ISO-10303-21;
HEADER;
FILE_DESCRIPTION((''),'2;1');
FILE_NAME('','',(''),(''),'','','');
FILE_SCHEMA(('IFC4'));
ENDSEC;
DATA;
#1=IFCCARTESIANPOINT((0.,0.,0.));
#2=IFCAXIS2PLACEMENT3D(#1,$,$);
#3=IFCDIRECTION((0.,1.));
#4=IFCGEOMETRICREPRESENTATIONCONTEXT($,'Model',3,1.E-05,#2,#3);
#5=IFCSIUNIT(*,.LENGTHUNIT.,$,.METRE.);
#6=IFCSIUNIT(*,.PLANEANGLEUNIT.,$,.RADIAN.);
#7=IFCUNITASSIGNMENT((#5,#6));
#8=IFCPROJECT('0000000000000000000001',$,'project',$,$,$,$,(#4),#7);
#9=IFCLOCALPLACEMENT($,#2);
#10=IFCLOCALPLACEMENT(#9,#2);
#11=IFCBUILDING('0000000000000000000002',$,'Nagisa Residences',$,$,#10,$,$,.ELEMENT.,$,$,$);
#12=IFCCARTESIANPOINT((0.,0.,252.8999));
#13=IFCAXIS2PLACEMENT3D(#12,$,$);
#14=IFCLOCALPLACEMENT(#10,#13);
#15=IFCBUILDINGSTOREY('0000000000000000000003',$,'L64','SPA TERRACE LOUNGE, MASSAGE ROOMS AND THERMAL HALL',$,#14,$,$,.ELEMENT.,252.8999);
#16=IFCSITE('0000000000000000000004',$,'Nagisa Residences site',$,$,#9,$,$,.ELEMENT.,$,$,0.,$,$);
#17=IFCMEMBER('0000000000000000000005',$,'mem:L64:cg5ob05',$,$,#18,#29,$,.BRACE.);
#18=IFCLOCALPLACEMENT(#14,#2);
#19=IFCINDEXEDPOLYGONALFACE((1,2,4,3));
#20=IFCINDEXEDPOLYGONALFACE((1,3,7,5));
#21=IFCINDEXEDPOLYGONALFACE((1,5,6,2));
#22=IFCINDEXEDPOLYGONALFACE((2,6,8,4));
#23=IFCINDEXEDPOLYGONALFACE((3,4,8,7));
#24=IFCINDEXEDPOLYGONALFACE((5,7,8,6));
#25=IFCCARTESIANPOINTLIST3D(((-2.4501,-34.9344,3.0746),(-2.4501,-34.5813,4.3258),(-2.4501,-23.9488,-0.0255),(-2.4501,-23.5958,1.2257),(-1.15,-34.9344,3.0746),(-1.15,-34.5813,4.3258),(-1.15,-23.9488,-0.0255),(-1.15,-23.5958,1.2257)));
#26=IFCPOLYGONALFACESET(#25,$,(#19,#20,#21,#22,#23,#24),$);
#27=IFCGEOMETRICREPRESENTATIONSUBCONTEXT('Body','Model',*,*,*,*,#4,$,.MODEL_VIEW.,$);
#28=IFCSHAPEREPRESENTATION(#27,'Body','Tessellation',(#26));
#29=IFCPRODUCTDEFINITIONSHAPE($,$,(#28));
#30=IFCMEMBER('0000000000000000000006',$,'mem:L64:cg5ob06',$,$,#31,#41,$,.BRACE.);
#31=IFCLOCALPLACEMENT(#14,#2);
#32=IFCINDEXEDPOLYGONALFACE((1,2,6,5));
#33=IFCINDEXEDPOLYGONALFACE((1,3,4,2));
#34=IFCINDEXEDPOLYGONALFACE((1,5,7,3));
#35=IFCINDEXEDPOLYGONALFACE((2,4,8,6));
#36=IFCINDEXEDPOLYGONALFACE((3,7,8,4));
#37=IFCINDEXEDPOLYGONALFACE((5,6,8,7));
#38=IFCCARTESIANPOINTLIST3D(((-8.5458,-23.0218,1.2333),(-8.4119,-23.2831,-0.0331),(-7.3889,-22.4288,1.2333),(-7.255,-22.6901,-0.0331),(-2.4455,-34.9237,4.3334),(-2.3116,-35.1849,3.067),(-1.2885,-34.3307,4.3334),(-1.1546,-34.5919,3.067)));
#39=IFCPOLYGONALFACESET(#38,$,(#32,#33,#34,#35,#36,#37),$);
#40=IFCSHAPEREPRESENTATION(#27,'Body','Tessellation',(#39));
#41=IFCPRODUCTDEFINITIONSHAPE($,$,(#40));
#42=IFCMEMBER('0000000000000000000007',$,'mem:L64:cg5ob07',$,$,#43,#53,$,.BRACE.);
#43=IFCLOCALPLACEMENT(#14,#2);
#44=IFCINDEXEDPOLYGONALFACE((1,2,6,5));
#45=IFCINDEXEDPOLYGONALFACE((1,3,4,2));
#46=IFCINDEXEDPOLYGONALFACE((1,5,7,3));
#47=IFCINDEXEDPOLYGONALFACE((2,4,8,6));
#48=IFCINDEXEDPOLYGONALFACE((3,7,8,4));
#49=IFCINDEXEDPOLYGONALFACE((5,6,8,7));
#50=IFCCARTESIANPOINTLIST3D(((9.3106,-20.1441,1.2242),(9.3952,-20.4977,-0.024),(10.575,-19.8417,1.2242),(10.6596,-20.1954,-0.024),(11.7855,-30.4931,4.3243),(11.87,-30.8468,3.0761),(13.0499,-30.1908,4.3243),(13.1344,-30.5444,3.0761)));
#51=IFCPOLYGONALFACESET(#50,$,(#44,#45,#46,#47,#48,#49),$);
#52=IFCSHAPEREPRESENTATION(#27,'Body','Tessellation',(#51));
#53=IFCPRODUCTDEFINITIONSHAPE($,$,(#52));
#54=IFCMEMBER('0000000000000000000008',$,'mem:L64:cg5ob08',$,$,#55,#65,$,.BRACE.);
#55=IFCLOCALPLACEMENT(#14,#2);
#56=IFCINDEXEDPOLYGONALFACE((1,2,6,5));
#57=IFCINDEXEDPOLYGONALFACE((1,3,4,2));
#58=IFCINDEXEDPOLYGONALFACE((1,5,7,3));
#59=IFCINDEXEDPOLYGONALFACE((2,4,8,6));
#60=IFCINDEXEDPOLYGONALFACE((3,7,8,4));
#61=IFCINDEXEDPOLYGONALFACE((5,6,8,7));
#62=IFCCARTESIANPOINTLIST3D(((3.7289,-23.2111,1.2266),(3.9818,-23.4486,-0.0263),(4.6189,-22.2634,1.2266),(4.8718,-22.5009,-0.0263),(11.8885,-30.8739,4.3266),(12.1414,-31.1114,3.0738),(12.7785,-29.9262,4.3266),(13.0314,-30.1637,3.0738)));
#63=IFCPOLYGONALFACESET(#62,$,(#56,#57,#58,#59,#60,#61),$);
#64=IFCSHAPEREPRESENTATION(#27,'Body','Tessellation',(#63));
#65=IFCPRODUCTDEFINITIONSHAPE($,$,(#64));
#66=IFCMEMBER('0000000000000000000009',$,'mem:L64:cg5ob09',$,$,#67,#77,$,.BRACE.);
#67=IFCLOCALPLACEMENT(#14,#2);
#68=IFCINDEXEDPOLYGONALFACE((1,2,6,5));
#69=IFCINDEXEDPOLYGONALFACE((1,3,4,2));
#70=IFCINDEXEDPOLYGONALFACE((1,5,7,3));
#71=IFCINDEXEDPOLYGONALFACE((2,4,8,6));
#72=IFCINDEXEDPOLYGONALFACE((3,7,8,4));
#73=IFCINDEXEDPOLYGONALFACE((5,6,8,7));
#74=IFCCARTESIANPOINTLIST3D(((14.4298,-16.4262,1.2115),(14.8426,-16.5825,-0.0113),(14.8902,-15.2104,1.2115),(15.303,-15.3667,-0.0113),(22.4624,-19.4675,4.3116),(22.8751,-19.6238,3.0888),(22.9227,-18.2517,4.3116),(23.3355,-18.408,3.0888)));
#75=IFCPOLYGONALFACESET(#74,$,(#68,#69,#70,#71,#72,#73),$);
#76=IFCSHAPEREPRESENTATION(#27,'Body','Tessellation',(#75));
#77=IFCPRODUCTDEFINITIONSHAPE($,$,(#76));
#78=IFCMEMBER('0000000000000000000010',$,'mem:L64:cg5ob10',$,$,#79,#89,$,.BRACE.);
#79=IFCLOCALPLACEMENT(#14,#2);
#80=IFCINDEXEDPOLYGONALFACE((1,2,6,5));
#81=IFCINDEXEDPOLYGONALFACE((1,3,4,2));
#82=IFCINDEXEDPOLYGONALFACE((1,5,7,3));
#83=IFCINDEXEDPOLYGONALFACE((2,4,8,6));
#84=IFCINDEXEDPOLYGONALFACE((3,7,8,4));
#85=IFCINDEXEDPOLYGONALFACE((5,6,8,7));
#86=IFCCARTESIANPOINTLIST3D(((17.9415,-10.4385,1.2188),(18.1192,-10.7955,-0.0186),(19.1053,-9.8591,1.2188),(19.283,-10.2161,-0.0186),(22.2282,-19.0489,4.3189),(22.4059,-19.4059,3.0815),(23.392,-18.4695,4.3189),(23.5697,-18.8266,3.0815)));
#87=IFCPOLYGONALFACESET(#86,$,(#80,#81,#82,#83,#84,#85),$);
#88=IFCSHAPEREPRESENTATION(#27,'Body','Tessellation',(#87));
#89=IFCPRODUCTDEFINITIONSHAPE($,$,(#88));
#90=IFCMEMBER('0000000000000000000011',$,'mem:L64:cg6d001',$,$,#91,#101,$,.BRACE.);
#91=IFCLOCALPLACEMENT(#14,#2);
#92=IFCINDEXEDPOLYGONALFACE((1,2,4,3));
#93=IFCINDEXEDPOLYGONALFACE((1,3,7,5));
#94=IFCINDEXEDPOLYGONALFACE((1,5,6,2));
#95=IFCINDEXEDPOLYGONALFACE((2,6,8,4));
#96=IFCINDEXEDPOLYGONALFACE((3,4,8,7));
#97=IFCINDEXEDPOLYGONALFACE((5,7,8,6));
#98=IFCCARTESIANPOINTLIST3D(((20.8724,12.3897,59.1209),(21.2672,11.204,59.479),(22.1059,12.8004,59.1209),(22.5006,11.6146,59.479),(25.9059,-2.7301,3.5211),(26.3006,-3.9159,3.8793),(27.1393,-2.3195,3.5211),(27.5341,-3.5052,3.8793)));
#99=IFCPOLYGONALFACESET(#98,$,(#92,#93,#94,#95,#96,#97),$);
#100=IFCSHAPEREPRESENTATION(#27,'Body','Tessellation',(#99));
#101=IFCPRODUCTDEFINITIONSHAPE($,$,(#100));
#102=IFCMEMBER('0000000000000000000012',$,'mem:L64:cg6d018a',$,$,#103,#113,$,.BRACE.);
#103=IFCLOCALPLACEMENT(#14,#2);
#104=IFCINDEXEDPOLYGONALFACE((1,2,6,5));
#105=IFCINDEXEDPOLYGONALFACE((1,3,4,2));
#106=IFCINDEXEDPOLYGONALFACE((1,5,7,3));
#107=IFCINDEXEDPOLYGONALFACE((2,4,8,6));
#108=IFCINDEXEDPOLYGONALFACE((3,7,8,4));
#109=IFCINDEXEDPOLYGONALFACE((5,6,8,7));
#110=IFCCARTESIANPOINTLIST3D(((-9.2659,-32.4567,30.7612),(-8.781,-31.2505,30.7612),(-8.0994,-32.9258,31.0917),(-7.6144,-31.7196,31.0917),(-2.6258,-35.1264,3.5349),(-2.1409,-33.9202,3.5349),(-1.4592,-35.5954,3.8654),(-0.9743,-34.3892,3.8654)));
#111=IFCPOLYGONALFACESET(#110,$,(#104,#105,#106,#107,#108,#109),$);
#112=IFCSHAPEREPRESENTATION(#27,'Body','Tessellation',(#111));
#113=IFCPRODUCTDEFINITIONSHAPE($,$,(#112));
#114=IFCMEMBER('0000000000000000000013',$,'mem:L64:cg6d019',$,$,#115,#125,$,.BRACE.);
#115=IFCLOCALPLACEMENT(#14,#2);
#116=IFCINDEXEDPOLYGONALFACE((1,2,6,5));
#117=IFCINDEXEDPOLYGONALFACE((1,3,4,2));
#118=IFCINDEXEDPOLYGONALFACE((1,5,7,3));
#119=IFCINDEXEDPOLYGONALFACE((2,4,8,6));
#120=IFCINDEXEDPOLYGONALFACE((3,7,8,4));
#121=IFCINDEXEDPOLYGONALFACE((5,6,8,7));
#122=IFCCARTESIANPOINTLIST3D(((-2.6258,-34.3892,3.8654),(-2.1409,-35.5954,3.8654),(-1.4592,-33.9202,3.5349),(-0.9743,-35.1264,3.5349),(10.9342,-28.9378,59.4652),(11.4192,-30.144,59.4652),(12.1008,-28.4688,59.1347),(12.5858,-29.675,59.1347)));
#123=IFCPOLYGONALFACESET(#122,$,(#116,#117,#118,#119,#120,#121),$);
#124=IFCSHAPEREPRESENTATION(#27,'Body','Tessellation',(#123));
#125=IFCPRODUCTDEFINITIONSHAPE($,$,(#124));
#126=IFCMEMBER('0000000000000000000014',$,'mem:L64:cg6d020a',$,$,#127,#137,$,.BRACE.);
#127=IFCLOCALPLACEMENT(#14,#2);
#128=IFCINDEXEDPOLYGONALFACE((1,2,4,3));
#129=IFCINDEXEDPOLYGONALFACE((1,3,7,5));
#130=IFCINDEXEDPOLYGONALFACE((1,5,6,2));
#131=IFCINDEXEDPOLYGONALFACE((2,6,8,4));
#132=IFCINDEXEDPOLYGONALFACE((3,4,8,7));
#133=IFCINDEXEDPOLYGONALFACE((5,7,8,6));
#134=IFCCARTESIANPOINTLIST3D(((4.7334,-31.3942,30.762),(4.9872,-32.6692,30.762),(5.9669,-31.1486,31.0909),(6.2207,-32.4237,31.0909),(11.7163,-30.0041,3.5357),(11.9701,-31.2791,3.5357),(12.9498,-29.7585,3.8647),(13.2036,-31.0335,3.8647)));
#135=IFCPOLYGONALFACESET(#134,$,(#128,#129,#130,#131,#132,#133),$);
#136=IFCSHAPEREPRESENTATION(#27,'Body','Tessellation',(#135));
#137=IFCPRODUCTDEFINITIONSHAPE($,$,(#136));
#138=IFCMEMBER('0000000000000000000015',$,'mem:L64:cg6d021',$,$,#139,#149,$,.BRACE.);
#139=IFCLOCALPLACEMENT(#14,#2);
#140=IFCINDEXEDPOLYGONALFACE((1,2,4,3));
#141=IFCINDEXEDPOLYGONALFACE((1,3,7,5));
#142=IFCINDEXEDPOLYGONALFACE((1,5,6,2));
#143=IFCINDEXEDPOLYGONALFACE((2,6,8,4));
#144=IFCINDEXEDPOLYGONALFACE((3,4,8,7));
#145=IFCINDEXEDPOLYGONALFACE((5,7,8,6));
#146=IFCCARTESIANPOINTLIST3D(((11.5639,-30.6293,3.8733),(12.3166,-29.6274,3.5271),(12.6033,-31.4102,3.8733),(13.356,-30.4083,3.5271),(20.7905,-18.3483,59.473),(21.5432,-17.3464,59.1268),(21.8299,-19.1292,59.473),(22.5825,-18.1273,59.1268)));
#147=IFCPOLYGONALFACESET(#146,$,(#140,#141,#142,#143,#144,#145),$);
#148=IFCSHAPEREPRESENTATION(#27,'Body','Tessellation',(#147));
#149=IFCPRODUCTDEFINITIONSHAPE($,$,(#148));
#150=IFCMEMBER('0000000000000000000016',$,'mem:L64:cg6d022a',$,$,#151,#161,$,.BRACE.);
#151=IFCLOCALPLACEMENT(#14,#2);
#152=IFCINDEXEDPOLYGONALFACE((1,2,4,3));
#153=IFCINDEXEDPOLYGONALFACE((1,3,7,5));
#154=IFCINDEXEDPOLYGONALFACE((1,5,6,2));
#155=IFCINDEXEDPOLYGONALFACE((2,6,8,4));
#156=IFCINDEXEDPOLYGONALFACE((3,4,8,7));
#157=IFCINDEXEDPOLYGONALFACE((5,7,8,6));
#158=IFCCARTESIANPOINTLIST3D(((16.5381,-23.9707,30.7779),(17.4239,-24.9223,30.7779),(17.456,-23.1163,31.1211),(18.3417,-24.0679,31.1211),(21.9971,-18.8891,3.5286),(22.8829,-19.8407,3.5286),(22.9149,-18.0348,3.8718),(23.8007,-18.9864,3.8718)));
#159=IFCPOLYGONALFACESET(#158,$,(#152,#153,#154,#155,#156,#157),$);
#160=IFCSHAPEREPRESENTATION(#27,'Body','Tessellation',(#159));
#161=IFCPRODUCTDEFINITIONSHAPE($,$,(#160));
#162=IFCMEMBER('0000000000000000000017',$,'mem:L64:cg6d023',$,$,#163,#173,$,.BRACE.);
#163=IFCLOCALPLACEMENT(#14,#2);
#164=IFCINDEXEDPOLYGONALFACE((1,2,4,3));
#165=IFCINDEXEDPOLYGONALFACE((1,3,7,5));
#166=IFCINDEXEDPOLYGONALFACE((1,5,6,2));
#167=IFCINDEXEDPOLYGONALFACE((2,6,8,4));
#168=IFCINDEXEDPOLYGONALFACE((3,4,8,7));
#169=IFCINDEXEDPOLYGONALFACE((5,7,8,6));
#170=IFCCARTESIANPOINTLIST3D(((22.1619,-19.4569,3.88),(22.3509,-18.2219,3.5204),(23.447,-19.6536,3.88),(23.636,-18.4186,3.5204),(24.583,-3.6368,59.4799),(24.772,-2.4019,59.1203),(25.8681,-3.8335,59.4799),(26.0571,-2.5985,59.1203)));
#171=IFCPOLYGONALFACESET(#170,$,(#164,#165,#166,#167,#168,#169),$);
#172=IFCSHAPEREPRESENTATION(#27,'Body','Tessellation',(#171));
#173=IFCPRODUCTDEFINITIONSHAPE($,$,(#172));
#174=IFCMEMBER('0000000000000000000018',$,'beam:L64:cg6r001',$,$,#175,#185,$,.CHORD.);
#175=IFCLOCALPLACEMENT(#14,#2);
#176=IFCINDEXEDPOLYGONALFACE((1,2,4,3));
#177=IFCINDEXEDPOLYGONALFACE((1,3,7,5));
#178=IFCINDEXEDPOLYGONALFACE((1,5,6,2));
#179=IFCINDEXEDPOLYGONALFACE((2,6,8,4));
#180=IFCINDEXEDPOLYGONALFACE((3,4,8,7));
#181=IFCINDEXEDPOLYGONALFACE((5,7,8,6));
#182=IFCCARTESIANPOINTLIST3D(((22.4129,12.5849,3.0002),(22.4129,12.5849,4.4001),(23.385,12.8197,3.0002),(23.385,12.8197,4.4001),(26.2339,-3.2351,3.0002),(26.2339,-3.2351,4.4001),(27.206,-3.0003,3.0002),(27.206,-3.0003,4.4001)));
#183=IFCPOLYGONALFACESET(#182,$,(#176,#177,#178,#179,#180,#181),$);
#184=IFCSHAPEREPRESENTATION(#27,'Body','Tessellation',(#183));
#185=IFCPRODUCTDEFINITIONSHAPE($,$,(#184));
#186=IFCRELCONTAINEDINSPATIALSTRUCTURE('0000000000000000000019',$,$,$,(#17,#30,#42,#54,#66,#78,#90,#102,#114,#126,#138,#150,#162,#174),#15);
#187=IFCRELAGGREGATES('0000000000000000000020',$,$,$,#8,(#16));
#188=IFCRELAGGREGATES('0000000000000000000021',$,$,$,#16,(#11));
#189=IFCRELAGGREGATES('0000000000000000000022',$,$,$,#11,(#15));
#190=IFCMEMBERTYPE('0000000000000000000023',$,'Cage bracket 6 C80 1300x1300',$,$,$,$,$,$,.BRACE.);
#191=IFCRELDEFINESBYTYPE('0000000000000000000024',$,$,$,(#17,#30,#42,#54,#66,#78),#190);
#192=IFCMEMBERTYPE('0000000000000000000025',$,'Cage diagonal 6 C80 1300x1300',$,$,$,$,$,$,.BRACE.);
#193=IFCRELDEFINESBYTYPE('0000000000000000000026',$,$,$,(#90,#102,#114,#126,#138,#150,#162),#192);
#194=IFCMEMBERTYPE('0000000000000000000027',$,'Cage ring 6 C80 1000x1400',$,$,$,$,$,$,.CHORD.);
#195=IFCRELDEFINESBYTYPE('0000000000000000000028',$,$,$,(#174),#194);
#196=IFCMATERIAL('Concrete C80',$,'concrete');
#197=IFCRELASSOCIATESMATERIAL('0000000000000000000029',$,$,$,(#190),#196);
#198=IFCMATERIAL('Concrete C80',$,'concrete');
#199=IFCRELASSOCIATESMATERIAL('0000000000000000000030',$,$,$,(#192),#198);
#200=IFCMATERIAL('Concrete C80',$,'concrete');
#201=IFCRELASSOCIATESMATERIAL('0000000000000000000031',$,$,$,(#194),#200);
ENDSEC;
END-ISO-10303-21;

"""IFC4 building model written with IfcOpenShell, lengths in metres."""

from ifc_helpers import new_model, si_unit, direction, frame, origin, origin_2d, place, context, subcontext, project, spatial, rectangle, extrude, material, material_profile, profile_set, type_object, element, save


model = new_model("IFC4")

# Units and contexts
model_context = context("Model", 3, precision=1e-05, world=origin(), true_north=direction((0.0, 1.0)))
body_context = subcontext(model_context, "Body", "Model", "MODEL_VIEW")
ifc_project = project(units=[si_unit("LENGTHUNIT", "METRE"), si_unit("PLANEANGLEUNIT", "RADIAN")], contexts=[model_context])

# Site, building, storey
site_placement = place(None, origin())
site = spatial("IfcSite", under=ifc_project, at=site_placement, Name="Nagisa Residences site", CompositionType="ELEMENT", RefElevation=0.0)
building_placement = place(site_placement, origin())
building = spatial("IfcBuilding", under=site, at=building_placement, Name="Nagisa Residences", CompositionType="ELEMENT")
storey_placement = place(building_placement, frame((0.0, 0.0, 252.8999)))
storey = spatial("IfcBuildingStorey", under=building, at=storey_placement, Name="L64", Description="SPA TERRACE LOUNGE, MASSAGE ROOMS AND THERMAL HALL", CompositionType="ELEMENT", Elevation=252.8999)

# Members
ifc_material_1 = material(Name="Concrete C80", Category="concrete")
ifc_material_profile_1 = material_profile(ifc_material_1, rectangle(XDim=1.3, YDim=1.3, at=origin_2d()), Name="C80 1300x1300")
ifc_profile_set_1 = profile_set([ifc_material_profile_1], Name="Concrete C80")
member_type_1 = type_object("IfcMemberType", Name="Cage bracket 6 C80 1300x1300", PredefinedType="BRACE", material=ifc_profile_set_1)
member_1_placement = place(storey_placement, frame((-1.8, -34.7578, 3.7002), z_axis=(0.0, 0.962413, -0.27159), x_axis=(-1.0, 0.0, 0.0)))
element("IfcMember", 1, at=member_1_placement, inside=storey, type_object=member_type_1, Name="mem:L64:cg5ob05", PredefinedType="BRACE", context=body_context, shape_type="SweptSolid", body=[
    extrude(rectangle(XDim=1.3, YDim=1.3, at=origin_2d()), origin(), (0.0, 0.0, 1.0), 11.4146),
])
member_2_placement = place(storey_placement, frame((-1.8, -34.7578, 3.7002), z_axis=(-0.444348, 0.866928, -0.22581), x_axis=(-0.889914, -0.456129, 0.0)))
element("IfcMember", 2, at=member_2_placement, inside=storey, type_object=member_type_1, Name="mem:L64:cg5ob06", PredefinedType="BRACE", context=body_context, shape_type="SweptSolid", body=[
    extrude(rectangle(XDim=1.3, YDim=1.3, at=origin_2d()), origin(), (0.0, 0.0, 1.0), 13.7288),
])
member_3_placement = place(storey_placement, frame((12.46, -30.5188, 3.7002), z_axis=(-0.223295, 0.933757, -0.279709), x_axis=(-0.972578, -0.232579, 0.0)))
element("IfcMember", 3, at=member_3_placement, inside=storey, type_object=member_type_1, Name="mem:L64:cg5ob07", PredefinedType="BRACE", context=body_context, shape_type="SweptSolid", body=[
    extrude(rectangle(XDim=1.3, YDim=1.3, at=origin_2d()), origin(), (0.0, 0.0, 1.0), 11.0833),
])
member_4_placement = place(storey_placement, frame((12.46, -30.5188, 3.7002), z_axis=(-0.702507, 0.659733, -0.266903), x_axis=(-0.684566, -0.728951, 0.0)))
element("IfcMember", 4, at=member_4_placement, inside=storey, type_object=member_type_1, Name="mem:L64:cg5ob08", PredefinedType="BRACE", context=body_context, shape_type="SweptSolid", body=[
    extrude(rectangle(XDim=1.3, YDim=1.3, at=origin_2d()), origin(), (0.0, 0.0, 1.0), 11.615),
])
member_5_placement = place(storey_placement, frame((22.8989, -18.9377, 3.7002), z_axis=(-0.879664, 0.333059, -0.339503), x_axis=(-0.35409, -0.935211, 0.0)))
element("IfcMember", 5, at=member_5_placement, inside=storey, type_object=member_type_1, Name="mem:L64:cg5ob09", PredefinedType="BRACE", context=body_context, shape_type="SweptSolid", body=[
    extrude(rectangle(XDim=1.3, YDim=1.3, at=origin_2d()), origin(), (0.0, 0.0, 1.0), 9.1313),
])
member_6_placement = place(storey_placement, frame((22.8989, -18.9377, 3.7002), z_axis=(-0.424181, 0.852035, -0.306769), x_axis=(-0.895197, -0.44567, 0.0)))
element("IfcMember", 6, at=member_6_placement, inside=storey, type_object=member_type_1, Name="mem:L64:cg5ob10", PredefinedType="BRACE", context=body_context, shape_type="SweptSolid", body=[
    extrude(rectangle(XDim=1.3, YDim=1.3, at=origin_2d()), origin(), (0.0, 0.0, 1.0), 10.1057),
])
ifc_material_2 = material(Name="Concrete C80", Category="concrete")
ifc_material_profile_2 = material_profile(ifc_material_2, rectangle(XDim=1.3, YDim=1.3, at=origin_2d()), Name="C80 1300x1300")
ifc_profile_set_2 = profile_set([ifc_material_profile_2], Name="Concrete C80")
member_type_2 = type_object("IfcMemberType", Name="Cage diagonal 6 C80 1300x1300", PredefinedType="BRACE", material=ifc_profile_set_2)
member_7_placement = place(storey_placement, frame((26.72, -3.1177, 3.7002), z_axis=(-0.087026, 0.261415, 0.961295), x_axis=(-0.948806, -0.31586, 0.0)))
element("IfcMember", 7, at=member_7_placement, inside=storey, type_object=member_type_2, Name="mem:L64:cg6d001", PredefinedType="BRACE", context=body_context, shape_type="SweptSolid", body=[
    extrude(rectangle(XDim=1.3, YDim=1.3, at=origin_2d()), origin(), (0.0, 0.0, 1.0), 57.8384),
])
member_8_placement = place(storey_placement, frame((-1.8, -34.7578, 3.7002), z_axis=(-0.235874, 0.094833, 0.967145), x_axis=(-0.373031, -0.927819, 0.0)))
element("IfcMember", 8, at=member_8_placement, inside=storey, type_object=member_type_2, Name="mem:L64:cg6d018a", PredefinedType="BRACE", context=body_context, shape_type="SweptSolid", body=[
    extrude(rectangle(XDim=1.3, YDim=1.3, at=origin_2d()), origin(), (0.0, 0.0, 1.0), 28.1511),
])
member_9_placement = place(storey_placement, frame((-1.8, -34.7578, 3.7002), z_axis=(0.235874, 0.094826, 0.967146), x_axis=(-0.373006, 0.927829, 0.0)))
element("IfcMember", 9, at=member_9_placement, inside=storey, type_object=member_type_2, Name="mem:L64:cg6d019", PredefinedType="BRACE", context=body_context, shape_type="SweptSolid", body=[
    extrude(rectangle(XDim=1.3, YDim=1.3, at=origin_2d()), origin(), (0.0, 0.0, 1.0), 57.4885),
])
member_10_placement = place(storey_placement, frame((12.46, -30.5188, 3.7002), z_axis=(-0.248132, -0.049397, 0.967466), x_axis=(0.195246, -0.980754, 0.0)))
element("IfcMember", 10, at=member_10_placement, inside=storey, type_object=member_type_2, Name="mem:L64:cg6d020a", PredefinedType="BRACE", context=body_context, shape_type="SweptSolid", body=[
    extrude(rectangle(XDim=1.3, YDim=1.3, at=origin_2d()), origin(), (0.0, 0.0, 1.0), 28.1418),
])
member_11_placement = place(storey_placement, frame((12.46, -30.5188, 3.7002), z_axis=(0.159954, 0.212906, 0.963891), x_axis=(-0.799506, 0.600658, 0.0)))
element("IfcMember", 11, at=member_11_placement, inside=storey, type_object=member_type_2, Name="mem:L64:cg6d021", PredefinedType="BRACE", context=body_context, shape_type="SweptSolid", body=[
    extrude(rectangle(XDim=1.3, YDim=1.3, at=origin_2d()), origin(), (0.0, 0.0, 1.0), 57.6826),
])
member_12_placement = place(storey_placement, frame((22.8989, -18.9377, 3.7002), z_axis=(-0.193228, -0.179868, 0.964526), x_axis=(0.68135, -0.731958, 0.0)))
element("IfcMember", 12, at=member_12_placement, inside=storey, type_object=member_type_2, Name="mem:L64:cg6d022a", PredefinedType="BRACE", context=body_context, shape_type="SweptSolid", body=[
    extrude(rectangle(XDim=1.3, YDim=1.3, at=origin_2d()), origin(), (0.0, 0.0, 1.0), 28.2515),
])
member_13_placement = place(storey_placement, frame((22.8989, -18.9377, 3.7002), z_axis=(0.041847, 0.273432, 0.960981), x_axis=(-0.988491, 0.151281, 0.0)))
element("IfcMember", 13, at=member_13_placement, inside=storey, type_object=member_type_2, Name="mem:L64:cg6d023", PredefinedType="BRACE", context=body_context, shape_type="SweptSolid", body=[
    extrude(rectangle(XDim=1.3, YDim=1.3, at=origin_2d()), origin(), (0.0, 0.0, 1.0), 57.8574),
])
ifc_material_3 = material(Name="Concrete C80", Category="concrete")
ifc_material_profile_3 = material_profile(ifc_material_3, rectangle(XDim=1.0, YDim=1.3999, at=origin_2d()), Name="C80 1000x1400")
ifc_profile_set_3 = profile_set([ifc_material_profile_3], Name="Concrete C80")
member_type_3 = type_object("IfcMemberType", Name="Cage ring 6 C80 1000x1400", PredefinedType="CHORD", material=ifc_profile_set_3)
member_14_placement = place(storey_placement, frame((26.72, -3.1177, 3.7002), z_axis=(-0.23478, 0.972048, 0.0), x_axis=(-0.972048, -0.23478, 0.0)))
element("IfcMember", 14, at=member_14_placement, inside=storey, type_object=member_type_3, Name="beam:L64:cg6r001", PredefinedType="CHORD", context=body_context, shape_type="SweptSolid", body=[
    extrude(rectangle(XDim=1.0, YDim=1.3999, at=origin_2d()), origin(), (0.0, 0.0, 1.0), 16.2749),
])

save(model, "model.ifc")
